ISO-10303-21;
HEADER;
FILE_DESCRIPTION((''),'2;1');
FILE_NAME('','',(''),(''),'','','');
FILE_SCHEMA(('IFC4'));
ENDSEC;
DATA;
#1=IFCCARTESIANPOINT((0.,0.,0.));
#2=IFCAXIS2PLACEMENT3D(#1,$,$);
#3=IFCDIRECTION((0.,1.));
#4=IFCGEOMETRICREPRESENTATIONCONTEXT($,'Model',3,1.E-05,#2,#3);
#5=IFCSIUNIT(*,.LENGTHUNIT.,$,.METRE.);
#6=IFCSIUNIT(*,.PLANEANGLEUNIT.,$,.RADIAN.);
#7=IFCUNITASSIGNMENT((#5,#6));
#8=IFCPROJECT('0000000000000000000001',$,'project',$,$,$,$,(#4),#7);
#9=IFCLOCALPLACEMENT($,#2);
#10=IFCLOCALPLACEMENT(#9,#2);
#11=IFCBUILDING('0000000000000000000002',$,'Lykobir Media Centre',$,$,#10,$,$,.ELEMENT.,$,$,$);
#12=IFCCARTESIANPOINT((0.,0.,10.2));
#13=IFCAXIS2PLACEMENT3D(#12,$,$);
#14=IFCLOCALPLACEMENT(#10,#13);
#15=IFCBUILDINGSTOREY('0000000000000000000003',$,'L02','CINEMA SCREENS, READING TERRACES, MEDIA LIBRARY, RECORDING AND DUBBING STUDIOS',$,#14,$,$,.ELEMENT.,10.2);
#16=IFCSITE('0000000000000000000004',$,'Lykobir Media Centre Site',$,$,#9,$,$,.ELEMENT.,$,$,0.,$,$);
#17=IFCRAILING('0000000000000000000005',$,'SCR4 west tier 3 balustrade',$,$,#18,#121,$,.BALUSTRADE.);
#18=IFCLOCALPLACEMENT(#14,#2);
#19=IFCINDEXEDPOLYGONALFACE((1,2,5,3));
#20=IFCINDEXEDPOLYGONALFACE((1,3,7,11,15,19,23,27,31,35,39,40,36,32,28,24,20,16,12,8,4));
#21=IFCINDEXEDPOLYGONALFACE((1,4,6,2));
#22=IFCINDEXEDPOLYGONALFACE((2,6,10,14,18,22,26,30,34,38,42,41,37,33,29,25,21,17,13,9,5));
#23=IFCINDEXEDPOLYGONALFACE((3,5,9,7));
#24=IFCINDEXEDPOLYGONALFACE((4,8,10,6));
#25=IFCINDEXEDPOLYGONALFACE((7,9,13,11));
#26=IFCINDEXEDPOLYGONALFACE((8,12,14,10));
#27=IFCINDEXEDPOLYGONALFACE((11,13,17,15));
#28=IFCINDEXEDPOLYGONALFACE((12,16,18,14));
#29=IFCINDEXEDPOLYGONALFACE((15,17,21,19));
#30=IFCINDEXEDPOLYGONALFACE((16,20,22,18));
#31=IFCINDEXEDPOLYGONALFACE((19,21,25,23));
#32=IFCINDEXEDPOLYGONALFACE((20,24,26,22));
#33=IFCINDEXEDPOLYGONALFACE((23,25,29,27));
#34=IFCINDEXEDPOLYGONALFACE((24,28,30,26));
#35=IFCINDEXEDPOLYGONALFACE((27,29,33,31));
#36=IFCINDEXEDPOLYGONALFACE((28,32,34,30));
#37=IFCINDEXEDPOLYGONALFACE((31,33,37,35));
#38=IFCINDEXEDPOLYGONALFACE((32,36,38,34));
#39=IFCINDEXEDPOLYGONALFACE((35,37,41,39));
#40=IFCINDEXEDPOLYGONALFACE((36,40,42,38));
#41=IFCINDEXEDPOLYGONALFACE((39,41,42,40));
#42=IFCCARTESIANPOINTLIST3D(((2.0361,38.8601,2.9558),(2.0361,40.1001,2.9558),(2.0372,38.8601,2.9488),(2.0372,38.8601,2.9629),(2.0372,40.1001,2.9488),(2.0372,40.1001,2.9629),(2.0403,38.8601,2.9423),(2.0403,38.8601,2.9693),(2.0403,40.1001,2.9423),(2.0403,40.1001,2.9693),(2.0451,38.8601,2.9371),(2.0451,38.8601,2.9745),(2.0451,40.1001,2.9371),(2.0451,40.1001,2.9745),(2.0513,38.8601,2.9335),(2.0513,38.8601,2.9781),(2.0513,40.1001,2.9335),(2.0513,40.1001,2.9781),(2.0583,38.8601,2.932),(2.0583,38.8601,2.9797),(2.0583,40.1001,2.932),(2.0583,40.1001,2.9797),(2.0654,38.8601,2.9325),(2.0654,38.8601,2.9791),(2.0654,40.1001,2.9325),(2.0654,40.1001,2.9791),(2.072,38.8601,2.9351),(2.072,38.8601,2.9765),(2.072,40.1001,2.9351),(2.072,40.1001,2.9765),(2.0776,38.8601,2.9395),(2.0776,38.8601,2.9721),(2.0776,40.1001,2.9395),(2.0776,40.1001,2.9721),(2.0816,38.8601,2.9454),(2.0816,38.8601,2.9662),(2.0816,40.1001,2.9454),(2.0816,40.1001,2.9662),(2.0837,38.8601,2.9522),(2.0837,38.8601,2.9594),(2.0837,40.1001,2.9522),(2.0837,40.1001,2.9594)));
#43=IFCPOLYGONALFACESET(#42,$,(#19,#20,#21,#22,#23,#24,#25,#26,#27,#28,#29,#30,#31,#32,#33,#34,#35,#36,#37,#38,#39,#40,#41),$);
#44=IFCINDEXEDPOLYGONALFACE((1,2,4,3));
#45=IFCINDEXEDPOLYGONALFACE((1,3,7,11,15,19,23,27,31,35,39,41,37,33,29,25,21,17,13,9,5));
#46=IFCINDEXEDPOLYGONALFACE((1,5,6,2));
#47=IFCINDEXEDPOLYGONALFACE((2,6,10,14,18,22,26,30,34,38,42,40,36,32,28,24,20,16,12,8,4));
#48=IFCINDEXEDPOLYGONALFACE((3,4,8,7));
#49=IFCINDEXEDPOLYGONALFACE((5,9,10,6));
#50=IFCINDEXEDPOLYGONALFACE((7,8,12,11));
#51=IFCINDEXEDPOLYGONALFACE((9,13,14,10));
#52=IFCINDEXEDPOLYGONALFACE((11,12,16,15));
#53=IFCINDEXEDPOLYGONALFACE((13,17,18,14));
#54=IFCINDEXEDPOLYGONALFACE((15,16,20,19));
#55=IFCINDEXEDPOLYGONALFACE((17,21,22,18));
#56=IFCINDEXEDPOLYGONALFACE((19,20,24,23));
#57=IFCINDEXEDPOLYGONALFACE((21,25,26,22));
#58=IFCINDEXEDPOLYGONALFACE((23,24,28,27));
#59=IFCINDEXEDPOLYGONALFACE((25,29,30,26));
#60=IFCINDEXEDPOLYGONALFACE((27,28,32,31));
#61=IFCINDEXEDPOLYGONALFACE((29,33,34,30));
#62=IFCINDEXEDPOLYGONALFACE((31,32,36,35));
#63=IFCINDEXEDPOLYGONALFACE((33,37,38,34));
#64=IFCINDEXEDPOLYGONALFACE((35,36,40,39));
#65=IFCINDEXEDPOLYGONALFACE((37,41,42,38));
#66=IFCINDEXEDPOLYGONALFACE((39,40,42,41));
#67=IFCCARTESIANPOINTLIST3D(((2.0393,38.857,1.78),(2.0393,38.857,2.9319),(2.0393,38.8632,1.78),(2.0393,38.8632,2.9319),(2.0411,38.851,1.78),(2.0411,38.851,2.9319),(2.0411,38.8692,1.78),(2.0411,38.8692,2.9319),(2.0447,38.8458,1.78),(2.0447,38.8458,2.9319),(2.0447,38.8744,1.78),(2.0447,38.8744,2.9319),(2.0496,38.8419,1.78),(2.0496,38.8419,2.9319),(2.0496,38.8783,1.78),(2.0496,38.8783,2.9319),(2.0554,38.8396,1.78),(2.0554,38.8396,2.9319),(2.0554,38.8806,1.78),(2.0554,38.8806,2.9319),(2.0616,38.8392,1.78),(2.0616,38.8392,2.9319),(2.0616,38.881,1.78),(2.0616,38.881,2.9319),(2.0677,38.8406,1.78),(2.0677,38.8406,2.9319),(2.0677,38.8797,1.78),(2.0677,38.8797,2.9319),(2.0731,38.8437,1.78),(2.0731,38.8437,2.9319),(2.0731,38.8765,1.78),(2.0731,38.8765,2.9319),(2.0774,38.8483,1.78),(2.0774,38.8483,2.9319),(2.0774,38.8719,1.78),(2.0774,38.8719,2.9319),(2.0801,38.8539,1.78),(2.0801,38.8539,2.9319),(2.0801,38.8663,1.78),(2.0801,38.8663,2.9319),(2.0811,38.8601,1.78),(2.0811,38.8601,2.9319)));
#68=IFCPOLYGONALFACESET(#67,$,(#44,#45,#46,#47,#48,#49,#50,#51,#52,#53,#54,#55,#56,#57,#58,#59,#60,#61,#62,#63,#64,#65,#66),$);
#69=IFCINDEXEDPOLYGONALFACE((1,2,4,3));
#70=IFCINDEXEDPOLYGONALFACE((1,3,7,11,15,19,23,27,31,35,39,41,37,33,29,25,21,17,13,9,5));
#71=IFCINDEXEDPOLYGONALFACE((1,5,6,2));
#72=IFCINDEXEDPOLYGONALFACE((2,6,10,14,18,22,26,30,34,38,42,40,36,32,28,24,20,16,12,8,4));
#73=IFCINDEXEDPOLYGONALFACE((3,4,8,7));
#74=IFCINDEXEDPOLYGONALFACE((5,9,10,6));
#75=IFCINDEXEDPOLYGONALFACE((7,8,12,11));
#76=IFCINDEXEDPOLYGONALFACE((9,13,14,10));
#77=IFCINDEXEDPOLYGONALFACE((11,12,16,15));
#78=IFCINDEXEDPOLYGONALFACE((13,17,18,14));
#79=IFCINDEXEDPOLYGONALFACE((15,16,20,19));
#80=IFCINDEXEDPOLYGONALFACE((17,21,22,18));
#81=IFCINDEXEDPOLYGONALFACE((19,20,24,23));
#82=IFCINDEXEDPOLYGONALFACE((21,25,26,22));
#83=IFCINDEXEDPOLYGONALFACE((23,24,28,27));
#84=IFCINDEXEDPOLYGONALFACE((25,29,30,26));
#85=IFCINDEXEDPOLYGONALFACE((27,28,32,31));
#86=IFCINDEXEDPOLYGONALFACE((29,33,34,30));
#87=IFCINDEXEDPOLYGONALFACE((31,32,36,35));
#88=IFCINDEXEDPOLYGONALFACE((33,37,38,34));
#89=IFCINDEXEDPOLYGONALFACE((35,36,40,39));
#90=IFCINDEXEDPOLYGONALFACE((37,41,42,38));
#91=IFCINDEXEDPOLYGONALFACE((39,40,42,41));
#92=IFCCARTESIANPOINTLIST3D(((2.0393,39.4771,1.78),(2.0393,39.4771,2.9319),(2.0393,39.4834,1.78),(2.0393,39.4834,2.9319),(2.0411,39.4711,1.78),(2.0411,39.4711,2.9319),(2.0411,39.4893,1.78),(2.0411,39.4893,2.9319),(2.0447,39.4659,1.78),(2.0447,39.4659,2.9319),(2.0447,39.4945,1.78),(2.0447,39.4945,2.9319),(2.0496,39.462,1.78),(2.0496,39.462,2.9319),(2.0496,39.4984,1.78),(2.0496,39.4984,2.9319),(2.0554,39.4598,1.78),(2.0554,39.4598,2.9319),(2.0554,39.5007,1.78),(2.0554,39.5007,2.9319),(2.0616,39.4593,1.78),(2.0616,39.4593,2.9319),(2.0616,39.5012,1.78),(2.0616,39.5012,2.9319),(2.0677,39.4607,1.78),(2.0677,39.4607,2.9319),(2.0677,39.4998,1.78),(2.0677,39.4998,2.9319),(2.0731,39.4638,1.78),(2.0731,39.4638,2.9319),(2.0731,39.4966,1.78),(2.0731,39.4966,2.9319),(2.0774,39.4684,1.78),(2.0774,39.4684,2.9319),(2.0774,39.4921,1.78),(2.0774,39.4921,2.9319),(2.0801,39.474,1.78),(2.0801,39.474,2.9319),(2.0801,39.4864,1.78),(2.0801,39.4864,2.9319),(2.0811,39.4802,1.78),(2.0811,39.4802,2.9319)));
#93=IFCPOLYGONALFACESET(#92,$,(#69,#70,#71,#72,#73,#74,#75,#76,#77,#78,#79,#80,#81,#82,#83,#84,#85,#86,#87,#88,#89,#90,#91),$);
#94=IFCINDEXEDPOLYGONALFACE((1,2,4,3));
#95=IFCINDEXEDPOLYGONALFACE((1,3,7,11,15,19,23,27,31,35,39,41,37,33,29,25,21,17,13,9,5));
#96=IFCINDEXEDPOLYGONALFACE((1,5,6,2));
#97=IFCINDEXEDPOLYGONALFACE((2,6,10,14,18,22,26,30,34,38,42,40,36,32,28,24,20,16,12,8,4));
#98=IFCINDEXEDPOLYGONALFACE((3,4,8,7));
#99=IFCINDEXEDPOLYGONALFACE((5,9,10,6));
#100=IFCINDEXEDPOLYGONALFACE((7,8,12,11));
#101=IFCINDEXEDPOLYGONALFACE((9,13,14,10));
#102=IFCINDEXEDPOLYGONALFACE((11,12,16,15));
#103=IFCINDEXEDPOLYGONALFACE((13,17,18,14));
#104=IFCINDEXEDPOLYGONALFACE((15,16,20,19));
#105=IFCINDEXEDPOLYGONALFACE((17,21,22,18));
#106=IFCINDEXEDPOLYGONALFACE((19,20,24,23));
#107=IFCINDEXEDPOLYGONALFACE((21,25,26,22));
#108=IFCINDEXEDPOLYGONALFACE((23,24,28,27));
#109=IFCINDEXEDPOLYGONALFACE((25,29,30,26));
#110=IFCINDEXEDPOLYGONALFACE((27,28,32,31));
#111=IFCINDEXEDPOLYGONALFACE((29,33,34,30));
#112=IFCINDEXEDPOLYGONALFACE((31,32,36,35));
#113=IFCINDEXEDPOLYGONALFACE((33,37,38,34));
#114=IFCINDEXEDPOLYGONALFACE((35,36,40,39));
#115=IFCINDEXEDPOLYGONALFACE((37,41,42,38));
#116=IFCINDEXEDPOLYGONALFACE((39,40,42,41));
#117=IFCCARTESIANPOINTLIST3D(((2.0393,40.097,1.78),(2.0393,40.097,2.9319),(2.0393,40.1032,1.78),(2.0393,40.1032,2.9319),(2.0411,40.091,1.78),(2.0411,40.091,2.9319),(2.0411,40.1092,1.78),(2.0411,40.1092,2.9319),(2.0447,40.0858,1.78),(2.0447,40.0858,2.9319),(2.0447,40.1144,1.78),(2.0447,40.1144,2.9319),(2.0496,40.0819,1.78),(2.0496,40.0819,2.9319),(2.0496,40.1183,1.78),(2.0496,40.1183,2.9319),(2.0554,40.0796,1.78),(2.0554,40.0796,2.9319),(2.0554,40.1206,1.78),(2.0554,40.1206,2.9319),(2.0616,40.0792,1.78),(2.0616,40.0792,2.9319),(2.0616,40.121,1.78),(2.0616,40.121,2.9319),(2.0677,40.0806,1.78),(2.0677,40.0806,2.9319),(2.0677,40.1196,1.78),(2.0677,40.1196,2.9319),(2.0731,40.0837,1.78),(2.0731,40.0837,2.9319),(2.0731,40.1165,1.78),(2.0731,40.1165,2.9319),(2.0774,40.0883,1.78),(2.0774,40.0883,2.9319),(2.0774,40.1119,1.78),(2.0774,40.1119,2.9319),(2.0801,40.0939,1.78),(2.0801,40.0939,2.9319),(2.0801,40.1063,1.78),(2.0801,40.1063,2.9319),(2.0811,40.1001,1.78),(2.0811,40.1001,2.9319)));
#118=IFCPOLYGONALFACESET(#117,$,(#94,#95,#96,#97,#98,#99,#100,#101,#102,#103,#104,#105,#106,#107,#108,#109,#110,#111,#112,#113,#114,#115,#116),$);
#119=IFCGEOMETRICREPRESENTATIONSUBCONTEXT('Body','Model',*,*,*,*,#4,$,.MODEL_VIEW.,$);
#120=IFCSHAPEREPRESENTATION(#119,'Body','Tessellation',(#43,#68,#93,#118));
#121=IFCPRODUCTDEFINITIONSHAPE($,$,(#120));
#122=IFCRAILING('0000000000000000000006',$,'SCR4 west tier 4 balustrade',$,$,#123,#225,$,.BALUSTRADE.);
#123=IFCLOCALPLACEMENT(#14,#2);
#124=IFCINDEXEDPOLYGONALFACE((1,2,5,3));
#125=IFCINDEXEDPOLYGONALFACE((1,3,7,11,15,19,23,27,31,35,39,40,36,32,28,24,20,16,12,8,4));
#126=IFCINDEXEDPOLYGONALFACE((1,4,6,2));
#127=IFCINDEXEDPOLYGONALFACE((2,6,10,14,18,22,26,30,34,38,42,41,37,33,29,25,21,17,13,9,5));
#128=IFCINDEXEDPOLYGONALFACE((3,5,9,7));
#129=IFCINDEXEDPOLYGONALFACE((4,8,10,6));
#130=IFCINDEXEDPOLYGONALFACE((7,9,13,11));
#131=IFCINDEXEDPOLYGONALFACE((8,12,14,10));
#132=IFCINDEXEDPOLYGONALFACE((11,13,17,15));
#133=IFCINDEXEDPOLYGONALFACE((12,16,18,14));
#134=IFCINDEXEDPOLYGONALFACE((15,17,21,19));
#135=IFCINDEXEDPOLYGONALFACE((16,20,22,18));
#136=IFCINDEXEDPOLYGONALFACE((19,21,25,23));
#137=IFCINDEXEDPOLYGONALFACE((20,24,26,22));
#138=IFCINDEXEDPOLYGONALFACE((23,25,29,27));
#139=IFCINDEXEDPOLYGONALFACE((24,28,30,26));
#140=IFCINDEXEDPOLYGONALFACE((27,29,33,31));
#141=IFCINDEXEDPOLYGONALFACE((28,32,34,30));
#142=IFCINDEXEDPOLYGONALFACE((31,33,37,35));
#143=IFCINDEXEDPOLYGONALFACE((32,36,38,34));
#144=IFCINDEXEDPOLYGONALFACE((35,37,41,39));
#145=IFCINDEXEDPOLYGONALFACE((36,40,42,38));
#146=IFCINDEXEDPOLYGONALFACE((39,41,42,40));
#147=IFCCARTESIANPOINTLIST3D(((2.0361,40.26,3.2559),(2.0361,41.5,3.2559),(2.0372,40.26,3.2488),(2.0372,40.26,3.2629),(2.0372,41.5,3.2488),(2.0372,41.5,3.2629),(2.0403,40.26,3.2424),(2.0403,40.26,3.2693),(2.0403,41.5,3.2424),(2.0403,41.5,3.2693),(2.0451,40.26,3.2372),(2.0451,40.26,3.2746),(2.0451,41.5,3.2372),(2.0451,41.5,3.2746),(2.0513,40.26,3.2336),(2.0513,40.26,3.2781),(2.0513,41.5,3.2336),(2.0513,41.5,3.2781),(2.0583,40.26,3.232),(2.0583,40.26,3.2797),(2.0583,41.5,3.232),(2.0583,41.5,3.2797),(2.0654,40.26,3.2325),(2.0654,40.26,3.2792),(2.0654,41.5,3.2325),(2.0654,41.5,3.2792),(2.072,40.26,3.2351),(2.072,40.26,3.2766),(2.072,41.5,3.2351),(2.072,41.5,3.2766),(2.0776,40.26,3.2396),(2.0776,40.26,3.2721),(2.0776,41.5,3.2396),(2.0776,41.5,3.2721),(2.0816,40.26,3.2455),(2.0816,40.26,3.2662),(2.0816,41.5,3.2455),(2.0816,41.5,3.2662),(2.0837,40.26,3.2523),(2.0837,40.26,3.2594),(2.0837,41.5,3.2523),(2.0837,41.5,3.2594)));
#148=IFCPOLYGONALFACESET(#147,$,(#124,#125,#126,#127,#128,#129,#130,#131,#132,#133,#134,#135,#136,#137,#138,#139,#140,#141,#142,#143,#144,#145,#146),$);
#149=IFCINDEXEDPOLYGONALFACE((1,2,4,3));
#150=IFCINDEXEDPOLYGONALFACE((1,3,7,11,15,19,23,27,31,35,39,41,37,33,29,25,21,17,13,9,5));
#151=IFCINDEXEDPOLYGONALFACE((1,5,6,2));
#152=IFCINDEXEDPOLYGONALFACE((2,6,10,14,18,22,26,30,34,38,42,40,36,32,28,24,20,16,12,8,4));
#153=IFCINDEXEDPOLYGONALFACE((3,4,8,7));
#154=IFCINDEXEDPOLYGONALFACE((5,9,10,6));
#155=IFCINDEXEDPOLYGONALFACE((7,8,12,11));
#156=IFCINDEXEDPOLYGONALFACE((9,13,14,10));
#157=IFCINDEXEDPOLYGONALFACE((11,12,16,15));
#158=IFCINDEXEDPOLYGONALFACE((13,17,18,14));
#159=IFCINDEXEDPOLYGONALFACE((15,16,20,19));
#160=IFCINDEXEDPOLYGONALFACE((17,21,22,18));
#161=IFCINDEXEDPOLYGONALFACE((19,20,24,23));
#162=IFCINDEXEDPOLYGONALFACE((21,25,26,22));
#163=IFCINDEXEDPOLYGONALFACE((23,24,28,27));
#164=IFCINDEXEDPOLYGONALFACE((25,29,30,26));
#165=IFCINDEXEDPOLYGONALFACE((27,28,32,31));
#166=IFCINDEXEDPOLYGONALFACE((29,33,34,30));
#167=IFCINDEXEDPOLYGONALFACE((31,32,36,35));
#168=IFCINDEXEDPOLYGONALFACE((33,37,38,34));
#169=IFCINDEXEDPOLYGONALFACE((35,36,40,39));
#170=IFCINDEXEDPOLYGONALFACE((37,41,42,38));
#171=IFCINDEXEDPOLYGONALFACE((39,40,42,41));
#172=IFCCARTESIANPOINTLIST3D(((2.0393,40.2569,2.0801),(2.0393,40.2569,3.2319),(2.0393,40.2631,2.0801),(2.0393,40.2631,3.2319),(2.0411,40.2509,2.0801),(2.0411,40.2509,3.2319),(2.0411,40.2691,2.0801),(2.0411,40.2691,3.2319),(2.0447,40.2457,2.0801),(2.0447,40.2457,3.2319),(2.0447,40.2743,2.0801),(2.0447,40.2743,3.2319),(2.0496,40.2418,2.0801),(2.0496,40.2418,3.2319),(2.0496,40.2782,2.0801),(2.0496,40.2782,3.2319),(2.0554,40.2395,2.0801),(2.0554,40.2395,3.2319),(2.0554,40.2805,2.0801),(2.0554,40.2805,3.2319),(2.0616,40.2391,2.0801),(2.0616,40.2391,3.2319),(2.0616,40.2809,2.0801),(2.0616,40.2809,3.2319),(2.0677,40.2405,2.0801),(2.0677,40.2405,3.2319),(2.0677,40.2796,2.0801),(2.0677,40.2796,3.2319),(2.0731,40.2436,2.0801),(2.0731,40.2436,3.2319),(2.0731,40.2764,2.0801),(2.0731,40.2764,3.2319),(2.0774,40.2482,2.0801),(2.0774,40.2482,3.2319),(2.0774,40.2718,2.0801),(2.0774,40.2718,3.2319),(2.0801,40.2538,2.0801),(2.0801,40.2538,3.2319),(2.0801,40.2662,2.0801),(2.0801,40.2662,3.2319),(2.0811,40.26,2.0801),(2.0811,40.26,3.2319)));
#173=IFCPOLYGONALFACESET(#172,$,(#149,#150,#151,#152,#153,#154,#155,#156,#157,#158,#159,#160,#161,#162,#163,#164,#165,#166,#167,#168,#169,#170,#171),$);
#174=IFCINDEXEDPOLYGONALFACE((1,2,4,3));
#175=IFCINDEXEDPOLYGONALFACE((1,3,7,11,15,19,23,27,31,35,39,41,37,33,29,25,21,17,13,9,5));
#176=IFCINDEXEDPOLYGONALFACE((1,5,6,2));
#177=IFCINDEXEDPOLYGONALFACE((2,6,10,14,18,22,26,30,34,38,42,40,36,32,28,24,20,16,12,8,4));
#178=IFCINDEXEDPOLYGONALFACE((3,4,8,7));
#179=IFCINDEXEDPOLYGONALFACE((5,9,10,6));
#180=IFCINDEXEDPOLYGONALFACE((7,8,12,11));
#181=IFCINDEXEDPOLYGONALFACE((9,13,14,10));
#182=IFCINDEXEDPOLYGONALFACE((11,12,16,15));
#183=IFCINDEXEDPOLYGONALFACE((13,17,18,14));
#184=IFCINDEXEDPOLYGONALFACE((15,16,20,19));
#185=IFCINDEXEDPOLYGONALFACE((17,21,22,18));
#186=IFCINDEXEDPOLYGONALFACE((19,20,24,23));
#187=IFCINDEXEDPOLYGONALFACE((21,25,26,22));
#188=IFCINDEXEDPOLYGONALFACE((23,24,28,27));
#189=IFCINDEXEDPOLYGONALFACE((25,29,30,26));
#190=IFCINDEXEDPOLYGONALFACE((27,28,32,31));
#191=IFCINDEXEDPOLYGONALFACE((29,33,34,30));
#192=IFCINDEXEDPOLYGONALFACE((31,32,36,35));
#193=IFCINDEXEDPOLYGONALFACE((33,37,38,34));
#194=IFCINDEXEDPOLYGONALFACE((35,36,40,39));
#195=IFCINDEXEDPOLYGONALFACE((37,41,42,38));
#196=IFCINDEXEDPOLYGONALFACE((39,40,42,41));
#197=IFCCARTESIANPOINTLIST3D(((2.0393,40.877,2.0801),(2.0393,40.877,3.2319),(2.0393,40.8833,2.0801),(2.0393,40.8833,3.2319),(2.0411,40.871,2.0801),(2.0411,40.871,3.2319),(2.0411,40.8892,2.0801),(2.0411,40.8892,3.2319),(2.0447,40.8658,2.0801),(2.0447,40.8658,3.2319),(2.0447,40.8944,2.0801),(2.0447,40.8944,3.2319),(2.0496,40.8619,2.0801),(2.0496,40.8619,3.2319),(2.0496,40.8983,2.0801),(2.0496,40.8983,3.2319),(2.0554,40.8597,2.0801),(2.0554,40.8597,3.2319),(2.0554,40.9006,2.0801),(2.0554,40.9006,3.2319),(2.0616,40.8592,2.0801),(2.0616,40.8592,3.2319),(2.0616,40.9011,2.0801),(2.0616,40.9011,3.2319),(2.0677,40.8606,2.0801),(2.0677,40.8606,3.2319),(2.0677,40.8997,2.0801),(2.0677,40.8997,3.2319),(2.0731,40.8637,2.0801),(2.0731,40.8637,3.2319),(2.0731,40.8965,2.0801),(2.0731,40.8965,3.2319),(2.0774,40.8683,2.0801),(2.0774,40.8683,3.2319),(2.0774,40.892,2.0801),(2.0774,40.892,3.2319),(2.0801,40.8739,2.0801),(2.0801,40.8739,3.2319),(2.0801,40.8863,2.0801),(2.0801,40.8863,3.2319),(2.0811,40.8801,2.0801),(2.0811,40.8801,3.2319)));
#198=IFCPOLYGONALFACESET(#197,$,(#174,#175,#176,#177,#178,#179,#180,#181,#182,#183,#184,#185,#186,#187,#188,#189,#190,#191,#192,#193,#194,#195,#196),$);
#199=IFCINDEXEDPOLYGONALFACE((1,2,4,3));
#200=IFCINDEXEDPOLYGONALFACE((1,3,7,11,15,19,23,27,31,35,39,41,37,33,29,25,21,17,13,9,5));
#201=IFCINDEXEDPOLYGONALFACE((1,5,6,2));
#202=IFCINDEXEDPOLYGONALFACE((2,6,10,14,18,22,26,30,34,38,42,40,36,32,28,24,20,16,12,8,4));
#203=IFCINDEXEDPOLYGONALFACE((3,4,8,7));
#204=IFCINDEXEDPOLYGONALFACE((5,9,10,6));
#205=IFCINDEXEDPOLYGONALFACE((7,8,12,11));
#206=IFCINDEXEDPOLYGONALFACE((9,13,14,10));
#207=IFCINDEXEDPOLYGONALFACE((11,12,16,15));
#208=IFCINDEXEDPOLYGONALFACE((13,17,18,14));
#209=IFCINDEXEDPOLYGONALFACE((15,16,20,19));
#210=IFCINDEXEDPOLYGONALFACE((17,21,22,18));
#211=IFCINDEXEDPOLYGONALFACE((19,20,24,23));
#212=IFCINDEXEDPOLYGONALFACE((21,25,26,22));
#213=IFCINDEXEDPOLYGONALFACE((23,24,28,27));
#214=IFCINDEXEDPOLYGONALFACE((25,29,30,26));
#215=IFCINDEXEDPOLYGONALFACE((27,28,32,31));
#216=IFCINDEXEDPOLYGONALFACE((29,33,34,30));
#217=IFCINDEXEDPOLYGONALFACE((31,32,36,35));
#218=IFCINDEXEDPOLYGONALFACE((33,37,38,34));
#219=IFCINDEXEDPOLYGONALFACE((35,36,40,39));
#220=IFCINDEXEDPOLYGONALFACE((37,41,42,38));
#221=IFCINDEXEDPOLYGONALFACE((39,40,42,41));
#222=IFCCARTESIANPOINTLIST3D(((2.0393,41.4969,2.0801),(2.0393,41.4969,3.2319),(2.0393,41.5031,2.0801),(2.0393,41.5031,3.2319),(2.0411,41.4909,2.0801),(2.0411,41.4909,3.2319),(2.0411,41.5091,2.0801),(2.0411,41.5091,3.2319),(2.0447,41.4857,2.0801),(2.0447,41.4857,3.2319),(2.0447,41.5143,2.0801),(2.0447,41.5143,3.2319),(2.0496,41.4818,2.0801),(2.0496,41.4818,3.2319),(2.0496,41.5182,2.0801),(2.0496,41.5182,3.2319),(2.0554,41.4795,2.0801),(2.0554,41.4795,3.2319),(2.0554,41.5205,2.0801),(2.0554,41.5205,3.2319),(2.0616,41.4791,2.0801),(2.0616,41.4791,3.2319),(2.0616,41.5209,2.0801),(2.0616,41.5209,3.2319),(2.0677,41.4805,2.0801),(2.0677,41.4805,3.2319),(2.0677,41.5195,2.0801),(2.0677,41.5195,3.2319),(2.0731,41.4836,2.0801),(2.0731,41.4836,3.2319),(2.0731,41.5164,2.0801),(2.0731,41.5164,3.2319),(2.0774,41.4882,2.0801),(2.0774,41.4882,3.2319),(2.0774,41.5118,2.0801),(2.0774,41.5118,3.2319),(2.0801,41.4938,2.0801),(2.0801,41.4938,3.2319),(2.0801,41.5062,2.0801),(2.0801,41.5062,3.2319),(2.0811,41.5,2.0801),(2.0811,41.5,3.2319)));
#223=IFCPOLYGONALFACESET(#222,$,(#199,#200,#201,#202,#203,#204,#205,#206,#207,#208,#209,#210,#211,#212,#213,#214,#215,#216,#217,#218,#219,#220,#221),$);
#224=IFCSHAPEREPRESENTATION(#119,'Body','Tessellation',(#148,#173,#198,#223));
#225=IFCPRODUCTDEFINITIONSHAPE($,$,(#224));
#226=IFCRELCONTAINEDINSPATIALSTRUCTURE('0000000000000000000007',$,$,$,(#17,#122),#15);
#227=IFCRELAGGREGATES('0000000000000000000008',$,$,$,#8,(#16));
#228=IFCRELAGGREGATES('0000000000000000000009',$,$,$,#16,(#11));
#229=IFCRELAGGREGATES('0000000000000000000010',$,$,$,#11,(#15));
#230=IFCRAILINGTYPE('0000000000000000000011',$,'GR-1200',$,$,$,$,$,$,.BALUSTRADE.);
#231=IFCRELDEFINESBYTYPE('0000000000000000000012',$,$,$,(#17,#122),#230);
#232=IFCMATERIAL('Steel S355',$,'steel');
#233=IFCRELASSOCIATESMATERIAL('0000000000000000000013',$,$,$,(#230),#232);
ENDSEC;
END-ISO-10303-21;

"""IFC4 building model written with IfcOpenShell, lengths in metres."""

from ifc_helpers import new_model, si_unit, direction, frame, origin, origin_2d, place, context, subcontext, project, spatial, circle, extrude, material, type_object, element, save


model = new_model("IFC4")

# Units and contexts
model_context = context("Model", 3, precision=1e-05, world=origin(), true_north=direction((0.0, 1.0)))
body_context = subcontext(model_context, "Body", "Model", "MODEL_VIEW")
ifc_project = project(units=[si_unit("LENGTHUNIT", "METRE"), si_unit("PLANEANGLEUNIT", "RADIAN")], contexts=[model_context])

# Site, building, storey
site_placement = place(None, origin())
site = spatial("IfcSite", under=ifc_project, at=site_placement, Name="Lykobir Media Centre Site", CompositionType="ELEMENT", RefElevation=0.0)
building_placement = place(site_placement, origin())
building = spatial("IfcBuilding", under=site, at=building_placement, Name="Lykobir Media Centre", CompositionType="ELEMENT")
storey_placement = place(building_placement, frame((0.0, 0.0, 10.2)))
storey = spatial("IfcBuildingStorey", under=building, at=storey_placement, Name="L02", Description="CINEMA SCREENS, READING TERRACES, MEDIA LIBRARY, RECORDING AND DUBBING STUDIOS", CompositionType="ELEMENT", Elevation=10.2)

# Shared definitions
ifc_material_1 = material(Name="Steel S355", Category="steel")

# Railings
railing_type = type_object("IfcRailingType", Name="GR-1200", PredefinedType="BALUSTRADE", material=ifc_material_1)
for number, where, name in (
    (1, (2.0601, 38.8601, 1.78), "SCR4 west tier 3 balustrade"),
    (2, (2.0601, 40.26, 2.0801), "SCR4 west tier 4 balustrade"),
):
    element("IfcRailing", number, at=place(storey_placement, frame(where)), inside=storey, type_object=railing_type, Name=name, PredefinedType="BALUSTRADE", context=body_context, shape_type="SweptSolid", body=[
        extrude(circle(Radius=0.0239, at=origin_2d()), frame((0.0, 0.0, 1.1758), z_axis=(0.0, 1.0, 0.0), x_axis=(-1.0, 0.0, 0.0)), (0.0, 0.0, 1.0), 1.24),
        extrude(circle(Radius=0.021, at=origin_2d()), origin(), (0.0, 0.0, 1.0), 1.1519),
        extrude(circle(Radius=0.021, at=origin_2d()), frame((0.0, 0.6201, 0.0)), (0.0, 0.0, 1.0), 1.1519),
        extrude(circle(Radius=0.021, at=origin_2d()), frame((0.0, 1.24, 0.0)), (0.0, 0.0, 1.0), 1.1519),
    ])

save(model, "model.ifc")
